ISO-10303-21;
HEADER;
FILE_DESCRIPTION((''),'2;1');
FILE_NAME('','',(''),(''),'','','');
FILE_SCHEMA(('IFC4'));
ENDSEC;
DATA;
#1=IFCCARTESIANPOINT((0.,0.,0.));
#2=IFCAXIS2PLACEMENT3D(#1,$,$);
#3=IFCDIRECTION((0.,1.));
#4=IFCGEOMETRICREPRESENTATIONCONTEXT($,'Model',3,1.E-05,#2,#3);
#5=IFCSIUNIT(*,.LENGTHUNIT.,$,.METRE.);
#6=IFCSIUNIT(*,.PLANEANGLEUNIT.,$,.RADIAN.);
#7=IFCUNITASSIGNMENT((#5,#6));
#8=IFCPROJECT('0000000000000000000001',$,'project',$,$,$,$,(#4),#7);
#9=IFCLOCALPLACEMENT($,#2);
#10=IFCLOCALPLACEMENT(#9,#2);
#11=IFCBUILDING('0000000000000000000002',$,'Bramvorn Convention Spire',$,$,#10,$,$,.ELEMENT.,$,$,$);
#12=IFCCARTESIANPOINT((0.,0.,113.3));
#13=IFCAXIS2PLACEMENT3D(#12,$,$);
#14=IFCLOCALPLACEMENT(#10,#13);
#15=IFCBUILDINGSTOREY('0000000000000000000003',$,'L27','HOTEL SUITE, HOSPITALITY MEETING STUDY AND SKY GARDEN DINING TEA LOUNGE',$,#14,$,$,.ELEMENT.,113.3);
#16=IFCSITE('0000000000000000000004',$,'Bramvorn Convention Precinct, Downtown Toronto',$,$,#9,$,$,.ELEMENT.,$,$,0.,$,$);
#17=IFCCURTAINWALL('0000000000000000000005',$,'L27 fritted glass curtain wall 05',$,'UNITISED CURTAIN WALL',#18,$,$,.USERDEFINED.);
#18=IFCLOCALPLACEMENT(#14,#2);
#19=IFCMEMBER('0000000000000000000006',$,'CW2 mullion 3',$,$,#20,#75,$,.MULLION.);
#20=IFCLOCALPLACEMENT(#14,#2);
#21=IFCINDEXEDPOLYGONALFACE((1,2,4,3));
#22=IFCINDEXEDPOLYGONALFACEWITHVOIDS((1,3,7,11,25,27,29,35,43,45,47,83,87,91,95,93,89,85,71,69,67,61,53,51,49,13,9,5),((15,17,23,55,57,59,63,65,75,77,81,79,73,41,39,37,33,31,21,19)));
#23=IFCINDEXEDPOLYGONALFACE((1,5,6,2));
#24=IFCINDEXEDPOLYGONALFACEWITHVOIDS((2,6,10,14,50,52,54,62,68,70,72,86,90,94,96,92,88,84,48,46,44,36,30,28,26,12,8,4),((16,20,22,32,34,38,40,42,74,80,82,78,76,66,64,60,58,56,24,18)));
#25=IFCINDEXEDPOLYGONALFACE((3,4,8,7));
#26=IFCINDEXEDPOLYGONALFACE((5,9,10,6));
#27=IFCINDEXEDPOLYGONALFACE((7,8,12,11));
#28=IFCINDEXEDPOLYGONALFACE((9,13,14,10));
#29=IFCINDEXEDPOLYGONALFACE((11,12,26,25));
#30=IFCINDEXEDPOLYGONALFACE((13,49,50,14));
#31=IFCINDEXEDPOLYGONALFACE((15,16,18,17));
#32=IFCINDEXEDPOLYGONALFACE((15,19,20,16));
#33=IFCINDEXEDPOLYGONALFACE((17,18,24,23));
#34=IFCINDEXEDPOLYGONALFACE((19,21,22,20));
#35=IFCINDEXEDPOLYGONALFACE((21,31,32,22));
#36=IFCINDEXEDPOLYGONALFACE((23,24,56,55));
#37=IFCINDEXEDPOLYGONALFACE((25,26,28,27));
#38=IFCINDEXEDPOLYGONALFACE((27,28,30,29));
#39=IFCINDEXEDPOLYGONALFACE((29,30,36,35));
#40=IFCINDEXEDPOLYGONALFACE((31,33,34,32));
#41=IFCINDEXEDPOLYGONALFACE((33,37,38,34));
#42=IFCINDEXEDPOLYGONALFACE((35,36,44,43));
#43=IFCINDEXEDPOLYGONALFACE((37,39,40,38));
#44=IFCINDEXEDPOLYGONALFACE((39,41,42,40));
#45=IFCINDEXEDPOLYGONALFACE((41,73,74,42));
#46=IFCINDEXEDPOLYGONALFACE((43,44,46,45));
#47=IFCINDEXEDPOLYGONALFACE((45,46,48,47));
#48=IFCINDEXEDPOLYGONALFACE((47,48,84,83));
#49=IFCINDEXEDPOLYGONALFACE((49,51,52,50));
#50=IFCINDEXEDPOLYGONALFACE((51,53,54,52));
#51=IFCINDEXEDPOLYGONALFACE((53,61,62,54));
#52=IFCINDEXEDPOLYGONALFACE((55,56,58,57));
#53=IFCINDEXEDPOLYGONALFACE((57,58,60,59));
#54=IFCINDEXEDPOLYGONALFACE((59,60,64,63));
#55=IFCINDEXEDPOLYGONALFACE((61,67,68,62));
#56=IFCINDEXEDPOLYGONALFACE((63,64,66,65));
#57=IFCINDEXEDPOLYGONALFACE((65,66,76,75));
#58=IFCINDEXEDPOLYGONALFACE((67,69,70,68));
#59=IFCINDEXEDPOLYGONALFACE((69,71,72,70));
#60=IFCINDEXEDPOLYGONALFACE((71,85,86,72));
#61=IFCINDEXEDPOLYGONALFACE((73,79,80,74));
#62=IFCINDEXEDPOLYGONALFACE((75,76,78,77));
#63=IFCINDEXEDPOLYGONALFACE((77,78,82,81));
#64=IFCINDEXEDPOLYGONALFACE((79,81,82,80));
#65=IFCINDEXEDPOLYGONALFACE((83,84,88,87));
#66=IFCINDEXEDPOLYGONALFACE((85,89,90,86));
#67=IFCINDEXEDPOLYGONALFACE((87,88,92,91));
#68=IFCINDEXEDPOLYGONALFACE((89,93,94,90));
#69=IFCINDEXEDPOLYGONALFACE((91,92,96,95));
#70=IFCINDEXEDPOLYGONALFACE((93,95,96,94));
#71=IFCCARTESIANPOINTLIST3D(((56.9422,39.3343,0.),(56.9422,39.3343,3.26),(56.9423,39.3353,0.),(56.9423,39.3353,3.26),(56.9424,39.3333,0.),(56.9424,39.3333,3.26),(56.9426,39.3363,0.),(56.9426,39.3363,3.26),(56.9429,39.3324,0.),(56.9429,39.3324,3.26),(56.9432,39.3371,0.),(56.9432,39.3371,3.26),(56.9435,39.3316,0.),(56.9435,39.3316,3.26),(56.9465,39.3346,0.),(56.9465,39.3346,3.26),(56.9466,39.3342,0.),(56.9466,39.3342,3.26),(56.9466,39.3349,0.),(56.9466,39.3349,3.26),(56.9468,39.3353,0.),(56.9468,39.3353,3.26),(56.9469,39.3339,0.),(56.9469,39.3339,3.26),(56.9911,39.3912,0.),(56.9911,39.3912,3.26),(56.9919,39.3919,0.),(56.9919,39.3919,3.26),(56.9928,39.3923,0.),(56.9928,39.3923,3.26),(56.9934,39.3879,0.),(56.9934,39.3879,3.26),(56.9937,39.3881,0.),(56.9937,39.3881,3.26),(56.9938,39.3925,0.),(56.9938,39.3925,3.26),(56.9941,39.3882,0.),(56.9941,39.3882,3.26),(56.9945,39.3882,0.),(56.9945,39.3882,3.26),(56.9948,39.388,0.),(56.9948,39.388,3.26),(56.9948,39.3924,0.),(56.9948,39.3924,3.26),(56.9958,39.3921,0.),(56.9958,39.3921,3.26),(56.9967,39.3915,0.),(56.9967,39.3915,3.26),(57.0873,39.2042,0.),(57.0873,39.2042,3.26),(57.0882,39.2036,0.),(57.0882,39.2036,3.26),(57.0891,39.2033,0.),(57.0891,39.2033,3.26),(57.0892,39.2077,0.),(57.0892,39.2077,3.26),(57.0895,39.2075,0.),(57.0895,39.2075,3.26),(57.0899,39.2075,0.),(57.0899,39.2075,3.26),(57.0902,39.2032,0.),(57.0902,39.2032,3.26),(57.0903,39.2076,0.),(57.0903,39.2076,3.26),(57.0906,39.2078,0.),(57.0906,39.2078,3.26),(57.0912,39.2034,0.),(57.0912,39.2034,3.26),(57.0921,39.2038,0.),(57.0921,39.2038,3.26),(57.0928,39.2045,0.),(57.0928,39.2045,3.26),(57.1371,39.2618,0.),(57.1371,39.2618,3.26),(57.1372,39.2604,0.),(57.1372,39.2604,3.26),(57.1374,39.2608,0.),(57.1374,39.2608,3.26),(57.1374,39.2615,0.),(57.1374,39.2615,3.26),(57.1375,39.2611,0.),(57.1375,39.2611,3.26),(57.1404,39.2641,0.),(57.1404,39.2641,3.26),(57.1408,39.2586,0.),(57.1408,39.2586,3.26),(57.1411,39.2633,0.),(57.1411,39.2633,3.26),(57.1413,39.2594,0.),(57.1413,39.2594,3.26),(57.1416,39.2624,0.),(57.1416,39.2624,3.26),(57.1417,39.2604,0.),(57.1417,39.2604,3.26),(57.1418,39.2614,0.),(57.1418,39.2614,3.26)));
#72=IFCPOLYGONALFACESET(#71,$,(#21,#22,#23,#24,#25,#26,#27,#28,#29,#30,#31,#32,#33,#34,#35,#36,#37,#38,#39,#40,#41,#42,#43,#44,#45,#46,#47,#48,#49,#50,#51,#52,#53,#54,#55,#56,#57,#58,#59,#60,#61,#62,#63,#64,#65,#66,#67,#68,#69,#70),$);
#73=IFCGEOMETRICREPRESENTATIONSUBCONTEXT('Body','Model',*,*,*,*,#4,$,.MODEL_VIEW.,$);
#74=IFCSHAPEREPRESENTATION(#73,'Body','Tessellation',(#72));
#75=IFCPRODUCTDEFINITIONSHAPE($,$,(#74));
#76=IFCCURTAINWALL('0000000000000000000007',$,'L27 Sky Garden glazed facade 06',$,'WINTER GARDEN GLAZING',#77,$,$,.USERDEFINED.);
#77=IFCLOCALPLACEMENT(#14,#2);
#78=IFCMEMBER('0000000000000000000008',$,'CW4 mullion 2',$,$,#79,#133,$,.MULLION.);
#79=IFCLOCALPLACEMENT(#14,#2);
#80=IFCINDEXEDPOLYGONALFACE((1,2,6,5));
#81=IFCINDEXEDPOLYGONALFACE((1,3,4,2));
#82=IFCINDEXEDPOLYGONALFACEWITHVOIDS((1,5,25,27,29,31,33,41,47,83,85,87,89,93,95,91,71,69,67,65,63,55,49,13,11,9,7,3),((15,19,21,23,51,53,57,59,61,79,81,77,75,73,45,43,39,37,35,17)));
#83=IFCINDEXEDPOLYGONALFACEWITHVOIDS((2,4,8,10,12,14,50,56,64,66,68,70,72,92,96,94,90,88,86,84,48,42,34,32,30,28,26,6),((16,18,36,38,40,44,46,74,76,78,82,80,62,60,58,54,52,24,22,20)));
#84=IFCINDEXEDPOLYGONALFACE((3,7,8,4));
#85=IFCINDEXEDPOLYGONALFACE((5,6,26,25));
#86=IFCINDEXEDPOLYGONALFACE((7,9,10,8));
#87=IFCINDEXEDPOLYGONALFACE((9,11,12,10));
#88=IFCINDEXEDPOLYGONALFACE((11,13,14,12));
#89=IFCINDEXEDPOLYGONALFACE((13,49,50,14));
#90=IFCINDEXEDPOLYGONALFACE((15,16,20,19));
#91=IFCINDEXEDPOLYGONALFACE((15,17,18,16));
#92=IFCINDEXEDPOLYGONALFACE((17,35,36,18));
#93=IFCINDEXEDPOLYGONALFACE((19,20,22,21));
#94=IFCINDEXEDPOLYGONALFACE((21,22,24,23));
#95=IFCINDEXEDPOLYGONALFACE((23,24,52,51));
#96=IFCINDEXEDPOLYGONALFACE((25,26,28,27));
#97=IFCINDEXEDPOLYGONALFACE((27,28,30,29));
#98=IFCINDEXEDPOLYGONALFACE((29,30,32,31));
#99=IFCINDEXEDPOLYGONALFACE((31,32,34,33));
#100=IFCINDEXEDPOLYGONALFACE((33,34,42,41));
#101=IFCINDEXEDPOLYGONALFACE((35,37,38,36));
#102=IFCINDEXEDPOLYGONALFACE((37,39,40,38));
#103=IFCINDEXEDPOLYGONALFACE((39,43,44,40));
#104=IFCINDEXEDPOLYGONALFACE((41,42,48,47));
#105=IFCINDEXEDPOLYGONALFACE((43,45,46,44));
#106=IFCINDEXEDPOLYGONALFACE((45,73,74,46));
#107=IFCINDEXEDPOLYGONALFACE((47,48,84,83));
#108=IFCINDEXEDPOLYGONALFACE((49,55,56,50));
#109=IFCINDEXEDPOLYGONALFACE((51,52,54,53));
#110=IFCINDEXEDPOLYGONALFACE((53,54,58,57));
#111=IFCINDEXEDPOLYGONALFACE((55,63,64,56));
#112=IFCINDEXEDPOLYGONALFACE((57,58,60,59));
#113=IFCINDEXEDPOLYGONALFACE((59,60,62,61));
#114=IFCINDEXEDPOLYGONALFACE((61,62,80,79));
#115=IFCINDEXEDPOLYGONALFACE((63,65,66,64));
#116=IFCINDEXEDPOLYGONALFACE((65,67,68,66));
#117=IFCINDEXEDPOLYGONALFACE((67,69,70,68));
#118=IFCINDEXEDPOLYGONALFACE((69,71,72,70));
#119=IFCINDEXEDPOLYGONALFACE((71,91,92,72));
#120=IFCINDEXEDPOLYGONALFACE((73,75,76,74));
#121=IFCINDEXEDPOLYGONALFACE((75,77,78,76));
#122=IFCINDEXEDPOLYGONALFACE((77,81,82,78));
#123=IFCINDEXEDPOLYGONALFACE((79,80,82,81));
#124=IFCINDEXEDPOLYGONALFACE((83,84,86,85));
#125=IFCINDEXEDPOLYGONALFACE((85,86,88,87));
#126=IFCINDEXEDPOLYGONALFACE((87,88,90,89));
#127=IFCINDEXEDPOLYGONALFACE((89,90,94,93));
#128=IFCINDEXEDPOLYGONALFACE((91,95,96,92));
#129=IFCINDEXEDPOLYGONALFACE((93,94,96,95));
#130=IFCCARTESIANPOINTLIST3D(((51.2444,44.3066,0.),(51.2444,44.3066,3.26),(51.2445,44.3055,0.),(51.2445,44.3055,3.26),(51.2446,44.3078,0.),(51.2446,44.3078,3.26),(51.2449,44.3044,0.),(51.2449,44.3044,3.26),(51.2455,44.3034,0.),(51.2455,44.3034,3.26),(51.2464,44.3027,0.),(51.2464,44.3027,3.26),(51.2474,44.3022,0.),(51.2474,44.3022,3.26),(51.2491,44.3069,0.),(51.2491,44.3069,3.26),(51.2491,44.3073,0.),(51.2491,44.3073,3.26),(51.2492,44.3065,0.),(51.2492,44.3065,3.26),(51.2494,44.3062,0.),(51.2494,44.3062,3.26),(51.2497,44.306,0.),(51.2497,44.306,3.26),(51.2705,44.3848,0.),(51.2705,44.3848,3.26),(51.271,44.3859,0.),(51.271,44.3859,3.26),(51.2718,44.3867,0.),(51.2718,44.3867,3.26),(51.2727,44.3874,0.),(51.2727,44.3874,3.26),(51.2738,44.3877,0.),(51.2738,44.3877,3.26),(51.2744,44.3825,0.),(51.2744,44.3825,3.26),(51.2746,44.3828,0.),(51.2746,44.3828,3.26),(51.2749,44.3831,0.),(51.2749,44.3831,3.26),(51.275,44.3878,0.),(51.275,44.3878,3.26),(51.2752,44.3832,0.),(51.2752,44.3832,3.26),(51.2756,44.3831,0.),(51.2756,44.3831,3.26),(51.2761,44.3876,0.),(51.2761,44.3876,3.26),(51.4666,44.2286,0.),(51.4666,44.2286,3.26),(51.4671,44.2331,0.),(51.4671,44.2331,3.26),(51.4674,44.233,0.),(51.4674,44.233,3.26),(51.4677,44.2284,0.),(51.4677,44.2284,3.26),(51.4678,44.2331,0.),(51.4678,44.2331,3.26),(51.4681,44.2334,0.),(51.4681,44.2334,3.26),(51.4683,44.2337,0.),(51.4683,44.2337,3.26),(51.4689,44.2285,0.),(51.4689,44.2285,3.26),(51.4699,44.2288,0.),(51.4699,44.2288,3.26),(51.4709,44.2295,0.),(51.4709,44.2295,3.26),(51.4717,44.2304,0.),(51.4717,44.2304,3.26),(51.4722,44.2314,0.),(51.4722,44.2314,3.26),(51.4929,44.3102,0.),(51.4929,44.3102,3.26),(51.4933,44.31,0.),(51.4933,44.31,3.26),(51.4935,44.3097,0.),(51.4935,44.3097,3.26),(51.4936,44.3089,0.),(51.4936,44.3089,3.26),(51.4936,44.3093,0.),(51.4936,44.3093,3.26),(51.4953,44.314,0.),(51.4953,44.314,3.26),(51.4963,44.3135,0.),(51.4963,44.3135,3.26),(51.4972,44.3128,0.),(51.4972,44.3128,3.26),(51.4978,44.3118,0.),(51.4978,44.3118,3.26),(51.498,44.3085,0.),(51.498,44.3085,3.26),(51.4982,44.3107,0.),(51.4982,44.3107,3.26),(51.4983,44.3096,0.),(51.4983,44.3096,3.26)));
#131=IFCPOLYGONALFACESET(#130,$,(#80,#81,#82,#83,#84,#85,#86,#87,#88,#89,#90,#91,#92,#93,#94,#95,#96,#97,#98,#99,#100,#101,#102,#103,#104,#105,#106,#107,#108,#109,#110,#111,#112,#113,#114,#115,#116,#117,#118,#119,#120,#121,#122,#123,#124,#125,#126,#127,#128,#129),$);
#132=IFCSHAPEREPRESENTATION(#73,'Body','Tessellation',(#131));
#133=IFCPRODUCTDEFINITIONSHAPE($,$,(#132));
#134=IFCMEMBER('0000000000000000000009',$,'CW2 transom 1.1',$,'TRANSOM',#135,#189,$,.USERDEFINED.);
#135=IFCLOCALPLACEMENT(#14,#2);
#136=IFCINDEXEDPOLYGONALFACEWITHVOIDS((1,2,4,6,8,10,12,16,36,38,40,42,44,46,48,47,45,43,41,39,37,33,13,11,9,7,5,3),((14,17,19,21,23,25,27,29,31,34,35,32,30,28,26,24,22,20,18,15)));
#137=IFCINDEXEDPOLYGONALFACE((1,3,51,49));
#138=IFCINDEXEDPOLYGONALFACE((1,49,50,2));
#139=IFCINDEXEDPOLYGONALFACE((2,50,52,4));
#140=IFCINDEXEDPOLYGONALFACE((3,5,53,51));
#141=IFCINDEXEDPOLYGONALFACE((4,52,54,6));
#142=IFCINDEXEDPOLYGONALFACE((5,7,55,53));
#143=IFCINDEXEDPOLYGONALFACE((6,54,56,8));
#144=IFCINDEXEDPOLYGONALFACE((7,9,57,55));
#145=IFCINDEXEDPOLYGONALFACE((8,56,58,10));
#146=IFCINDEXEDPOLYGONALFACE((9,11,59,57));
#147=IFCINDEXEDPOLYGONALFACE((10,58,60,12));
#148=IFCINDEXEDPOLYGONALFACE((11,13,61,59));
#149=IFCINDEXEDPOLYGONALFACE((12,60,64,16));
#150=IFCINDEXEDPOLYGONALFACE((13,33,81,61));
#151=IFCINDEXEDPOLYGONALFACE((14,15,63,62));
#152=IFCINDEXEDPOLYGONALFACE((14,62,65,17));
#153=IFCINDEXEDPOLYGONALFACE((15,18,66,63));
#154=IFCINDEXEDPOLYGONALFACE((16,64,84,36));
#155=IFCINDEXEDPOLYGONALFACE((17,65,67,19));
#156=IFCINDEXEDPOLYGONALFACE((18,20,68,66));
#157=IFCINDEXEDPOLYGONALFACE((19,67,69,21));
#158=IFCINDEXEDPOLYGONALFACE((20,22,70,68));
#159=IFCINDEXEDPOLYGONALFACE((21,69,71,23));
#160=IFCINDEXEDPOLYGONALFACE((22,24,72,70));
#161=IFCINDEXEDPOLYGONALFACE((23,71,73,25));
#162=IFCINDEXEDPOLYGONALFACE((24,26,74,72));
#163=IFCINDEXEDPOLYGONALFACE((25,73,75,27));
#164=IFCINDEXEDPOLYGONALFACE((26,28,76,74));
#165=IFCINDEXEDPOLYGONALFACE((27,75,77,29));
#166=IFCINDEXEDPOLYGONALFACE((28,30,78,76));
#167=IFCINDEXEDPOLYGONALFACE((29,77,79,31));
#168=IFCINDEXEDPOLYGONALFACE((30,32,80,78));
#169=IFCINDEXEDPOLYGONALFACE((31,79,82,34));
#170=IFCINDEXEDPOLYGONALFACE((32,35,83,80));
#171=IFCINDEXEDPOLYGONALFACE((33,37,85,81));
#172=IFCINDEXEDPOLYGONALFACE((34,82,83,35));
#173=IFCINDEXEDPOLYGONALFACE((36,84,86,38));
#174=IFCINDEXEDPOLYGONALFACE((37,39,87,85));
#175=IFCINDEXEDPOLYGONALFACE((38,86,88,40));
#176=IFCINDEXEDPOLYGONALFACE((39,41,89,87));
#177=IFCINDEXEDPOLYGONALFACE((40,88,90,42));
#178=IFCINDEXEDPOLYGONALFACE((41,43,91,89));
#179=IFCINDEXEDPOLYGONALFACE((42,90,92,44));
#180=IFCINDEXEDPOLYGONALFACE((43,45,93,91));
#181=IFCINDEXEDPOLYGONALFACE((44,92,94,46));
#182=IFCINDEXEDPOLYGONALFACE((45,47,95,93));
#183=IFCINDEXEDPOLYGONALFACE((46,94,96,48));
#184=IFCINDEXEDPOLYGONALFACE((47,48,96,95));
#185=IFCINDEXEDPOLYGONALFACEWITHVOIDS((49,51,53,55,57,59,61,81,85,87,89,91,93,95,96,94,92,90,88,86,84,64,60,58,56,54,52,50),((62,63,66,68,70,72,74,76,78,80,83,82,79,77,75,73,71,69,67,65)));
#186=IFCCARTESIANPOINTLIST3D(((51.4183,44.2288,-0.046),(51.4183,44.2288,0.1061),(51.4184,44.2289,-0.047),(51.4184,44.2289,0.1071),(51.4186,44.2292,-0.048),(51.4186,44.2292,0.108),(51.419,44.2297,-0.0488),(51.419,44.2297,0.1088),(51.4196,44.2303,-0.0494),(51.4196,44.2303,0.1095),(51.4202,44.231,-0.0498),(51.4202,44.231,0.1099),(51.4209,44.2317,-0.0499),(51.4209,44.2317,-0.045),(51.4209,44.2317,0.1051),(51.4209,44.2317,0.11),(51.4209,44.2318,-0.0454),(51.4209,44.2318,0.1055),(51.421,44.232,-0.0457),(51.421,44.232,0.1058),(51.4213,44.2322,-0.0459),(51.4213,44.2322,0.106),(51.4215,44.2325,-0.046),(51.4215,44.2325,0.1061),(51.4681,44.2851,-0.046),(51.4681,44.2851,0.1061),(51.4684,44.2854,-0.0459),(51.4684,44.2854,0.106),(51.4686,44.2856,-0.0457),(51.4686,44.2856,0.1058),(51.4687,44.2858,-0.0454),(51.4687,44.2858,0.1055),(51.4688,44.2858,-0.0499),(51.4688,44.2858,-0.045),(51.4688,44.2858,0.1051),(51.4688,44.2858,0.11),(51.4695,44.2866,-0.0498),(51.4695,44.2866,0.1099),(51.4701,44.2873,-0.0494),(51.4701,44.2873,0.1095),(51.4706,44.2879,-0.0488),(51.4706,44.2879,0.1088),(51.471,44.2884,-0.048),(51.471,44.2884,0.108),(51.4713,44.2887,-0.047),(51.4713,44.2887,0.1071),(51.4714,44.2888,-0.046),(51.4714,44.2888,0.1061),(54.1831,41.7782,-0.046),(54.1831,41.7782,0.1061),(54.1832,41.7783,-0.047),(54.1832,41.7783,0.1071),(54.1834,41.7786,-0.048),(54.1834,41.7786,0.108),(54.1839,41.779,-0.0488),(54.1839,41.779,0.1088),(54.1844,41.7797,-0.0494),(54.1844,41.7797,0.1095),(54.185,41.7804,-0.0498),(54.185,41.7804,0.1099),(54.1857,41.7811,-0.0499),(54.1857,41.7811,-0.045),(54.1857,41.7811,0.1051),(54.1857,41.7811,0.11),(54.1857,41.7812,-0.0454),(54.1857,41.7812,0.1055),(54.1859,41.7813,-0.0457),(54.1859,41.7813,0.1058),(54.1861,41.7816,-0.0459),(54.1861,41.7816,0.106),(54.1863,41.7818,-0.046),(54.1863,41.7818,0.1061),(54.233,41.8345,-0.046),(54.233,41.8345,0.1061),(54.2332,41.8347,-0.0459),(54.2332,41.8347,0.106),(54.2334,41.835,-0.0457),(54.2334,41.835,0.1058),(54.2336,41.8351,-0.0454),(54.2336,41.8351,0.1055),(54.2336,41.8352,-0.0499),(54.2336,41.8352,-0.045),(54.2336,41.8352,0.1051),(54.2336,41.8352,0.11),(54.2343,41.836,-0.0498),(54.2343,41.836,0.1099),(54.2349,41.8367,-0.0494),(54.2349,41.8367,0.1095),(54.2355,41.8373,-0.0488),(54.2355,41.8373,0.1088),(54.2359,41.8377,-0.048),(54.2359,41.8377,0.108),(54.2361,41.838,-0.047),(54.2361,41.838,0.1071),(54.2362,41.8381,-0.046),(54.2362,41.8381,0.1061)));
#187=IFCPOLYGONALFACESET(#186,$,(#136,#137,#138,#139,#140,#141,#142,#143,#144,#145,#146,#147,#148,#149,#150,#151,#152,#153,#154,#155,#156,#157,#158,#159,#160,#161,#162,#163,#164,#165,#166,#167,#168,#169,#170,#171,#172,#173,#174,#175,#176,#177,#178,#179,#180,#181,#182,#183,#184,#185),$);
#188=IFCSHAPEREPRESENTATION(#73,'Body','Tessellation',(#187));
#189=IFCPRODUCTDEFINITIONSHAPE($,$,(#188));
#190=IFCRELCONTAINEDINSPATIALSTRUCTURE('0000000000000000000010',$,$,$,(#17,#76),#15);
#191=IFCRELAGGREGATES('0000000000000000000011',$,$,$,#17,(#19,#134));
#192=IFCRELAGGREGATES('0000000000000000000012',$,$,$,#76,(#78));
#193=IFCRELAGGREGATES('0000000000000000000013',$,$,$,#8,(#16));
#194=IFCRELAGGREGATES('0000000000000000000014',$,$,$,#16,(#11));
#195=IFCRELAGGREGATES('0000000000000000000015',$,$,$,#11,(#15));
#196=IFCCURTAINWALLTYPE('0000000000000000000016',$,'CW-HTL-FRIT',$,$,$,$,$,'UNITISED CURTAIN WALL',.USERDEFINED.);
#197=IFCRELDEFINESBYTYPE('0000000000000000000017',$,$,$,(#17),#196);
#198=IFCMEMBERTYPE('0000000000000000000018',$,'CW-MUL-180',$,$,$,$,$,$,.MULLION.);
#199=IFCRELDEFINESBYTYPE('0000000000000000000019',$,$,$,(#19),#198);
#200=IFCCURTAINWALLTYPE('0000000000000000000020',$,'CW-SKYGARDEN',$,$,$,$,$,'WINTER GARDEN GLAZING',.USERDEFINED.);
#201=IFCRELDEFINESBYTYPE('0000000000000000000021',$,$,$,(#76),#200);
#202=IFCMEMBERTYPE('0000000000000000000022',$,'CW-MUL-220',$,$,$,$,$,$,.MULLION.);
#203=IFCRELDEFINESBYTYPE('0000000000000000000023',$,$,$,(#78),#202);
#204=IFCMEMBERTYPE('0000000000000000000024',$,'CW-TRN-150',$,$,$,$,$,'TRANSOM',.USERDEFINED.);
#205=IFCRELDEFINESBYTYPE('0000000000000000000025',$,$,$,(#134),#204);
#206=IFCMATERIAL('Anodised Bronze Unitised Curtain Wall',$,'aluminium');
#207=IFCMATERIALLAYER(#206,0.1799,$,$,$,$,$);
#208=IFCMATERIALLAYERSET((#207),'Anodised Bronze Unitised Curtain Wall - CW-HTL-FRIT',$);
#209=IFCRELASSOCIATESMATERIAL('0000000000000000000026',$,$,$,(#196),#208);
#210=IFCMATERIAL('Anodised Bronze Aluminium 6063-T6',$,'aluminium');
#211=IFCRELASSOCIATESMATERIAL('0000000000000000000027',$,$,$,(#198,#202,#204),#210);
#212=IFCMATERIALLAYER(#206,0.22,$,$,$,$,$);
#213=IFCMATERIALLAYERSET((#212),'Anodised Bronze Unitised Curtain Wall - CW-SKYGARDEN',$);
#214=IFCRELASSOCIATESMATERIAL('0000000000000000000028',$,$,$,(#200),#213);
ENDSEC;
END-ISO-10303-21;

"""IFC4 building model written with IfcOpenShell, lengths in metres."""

from ifc_helpers import new_model, si_unit, direction, frame, origin, origin_2d, place, context, subcontext, project, spatial, hollow_rectangle, extrude, material, layer, layer_set, material_profile, profile_set, type_object, element, aggregate, save


model = new_model("IFC4")

# Units and contexts
model_context = context("Model", 3, precision=1e-05, world=origin(), true_north=direction((0.0, 1.0)))
body_context = subcontext(model_context, "Body", "Model", "MODEL_VIEW")
ifc_project = project(units=[si_unit("LENGTHUNIT", "METRE"), si_unit("PLANEANGLEUNIT", "RADIAN")], contexts=[model_context])

# Site, building, storey
site_placement = place(None, origin())
site = spatial("IfcSite", under=ifc_project, at=site_placement, Name="Bramvorn Convention Precinct, Downtown Toronto", CompositionType="ELEMENT", RefElevation=0.0)
building_placement = place(site_placement, origin())
building = spatial("IfcBuilding", under=site, at=building_placement, Name="Bramvorn Convention Spire", CompositionType="ELEMENT")
storey_placement = place(building_placement, frame((0.0, 0.0, 113.3)))
storey = spatial("IfcBuildingStorey", under=building, at=storey_placement, Name="L27", Description="HOTEL SUITE, HOSPITALITY MEETING STUDY AND SKY GARDEN DINING TEA LOUNGE", CompositionType="ELEMENT", Elevation=113.3)

# Curtain wall, member
ifc_material_1 = material(Name="Anodised Bronze Unitised Curtain Wall", Category="aluminium")
ifc_layer_1 = layer(ifc_material_1, 0.1799)
ifc_layer_set_1 = layer_set([ifc_layer_1], Name="Anodised Bronze Unitised Curtain Wall - CW-HTL-FRIT")
curtain_wall_type_1 = type_object("IfcCurtainWallType", Name="CW-HTL-FRIT", ElementType="UNITISED CURTAIN WALL", PredefinedType="USERDEFINED", material=ifc_layer_set_1)
curtain_wall_1_placement = place(storey_placement, origin())
curtain_wall_1 = element("IfcCurtainWall", 1, at=curtain_wall_1_placement, inside=storey, type_object=curtain_wall_type_1, Name="L27 fritted glass curtain wall 05", ObjectType="UNITISED CURTAIN WALL", PredefinedType="USERDEFINED")
ifc_material_2 = material(Name="Anodised Bronze Aluminium 6063-T6", Category="aluminium")
ifc_material_profile_1 = material_profile(ifc_material_2, hollow_rectangle(XDim=0.0801, YDim=0.2, WallThickness=0.0039, InnerFilletRadius=0.001, OuterFilletRadius=0.0039, at=origin_2d()))
ifc_profile_set_1 = profile_set([ifc_material_profile_1], Name="Anodised Bronze Aluminium 6063-T6 - CWM80X200")
member_type_1 = type_object("IfcMemberType", Name="CW-MUL-180", PredefinedType="MULLION", material=ifc_profile_set_1)
member_1_placement = place(storey_placement, frame((57.042, 39.2979, 0.0), z_axis=(0.0, 0.0, 1.0), x_axis=(0.663278, 0.748373, 0.0)))
member_1 = element("IfcMember", 2, at=member_1_placement, type_object=member_type_1, Name="CW2 mullion 3", PredefinedType="MULLION", context=body_context, shape_type="SweptSolid", body=[
    extrude(hollow_rectangle(XDim=0.0801, YDim=0.2, WallThickness=0.0039, InnerFilletRadius=0.001, OuterFilletRadius=0.0039, at=origin_2d()), origin(), (0.0, 0.0, 1.0), 3.26),
])

# Curtain wall, member
ifc_layer_2 = layer(ifc_material_1, 0.22)
ifc_layer_set_2 = layer_set([ifc_layer_2], Name="Anodised Bronze Unitised Curtain Wall - CW-SKYGARDEN")
curtain_wall_type_2 = type_object("IfcCurtainWallType", Name="CW-SKYGARDEN", ElementType="WINTER GARDEN GLAZING", PredefinedType="USERDEFINED", material=ifc_layer_set_2)
curtain_wall_2_placement = place(storey_placement, origin())
curtain_wall_2 = element("IfcCurtainWall", 3, at=curtain_wall_2_placement, inside=storey, type_object=curtain_wall_type_2, Name="L27 Sky Garden glazed facade 06", ObjectType="WINTER GARDEN GLAZING", PredefinedType="USERDEFINED")
ifc_material_profile_2 = material_profile(ifc_material_2, hollow_rectangle(XDim=0.0901, YDim=0.24, WallThickness=0.0044, InnerFilletRadius=0.001, OuterFilletRadius=0.0044, at=origin_2d()))
ifc_profile_set_2 = profile_set([ifc_material_profile_2], Name="Anodised Bronze Aluminium 6063-T6 - CWM90X240")
member_type_2 = type_object("IfcMemberType", Name="CW-MUL-220", PredefinedType="MULLION", material=ifc_profile_set_2)
member_2_placement = place(storey_placement, frame((51.3713, 44.3081, 0.0), z_axis=(0.0, 0.0, 1.0), x_axis=(0.318232, 0.948013, 0.0)))
member_2 = element("IfcMember", 4, at=member_2_placement, type_object=member_type_2, Name="CW4 mullion 2", PredefinedType="MULLION", context=body_context, shape_type="SweptSolid", body=[
    extrude(hollow_rectangle(XDim=0.0901, YDim=0.24, WallThickness=0.0044, InnerFilletRadius=0.001, OuterFilletRadius=0.0044, at=origin_2d()), origin(), (0.0, 0.0, 1.0), 3.26),
])

# Member
ifc_material_profile_3 = material_profile(ifc_material_2, hollow_rectangle(XDim=0.0801, YDim=0.1599, WallThickness=0.0039, InnerFilletRadius=0.001, OuterFilletRadius=0.0039, at=origin_2d()))
ifc_profile_set_3 = profile_set([ifc_material_profile_3], Name="Anodised Bronze Aluminium 6063-T6 - CWT80X160")
member_type_3 = type_object("IfcMemberType", Name="CW-TRN-150", ElementType="TRANSOM", PredefinedType="USERDEFINED", material=ifc_profile_set_3)
member_3_placement = place(storey_placement, frame((51.4448, 44.2588, 0.03), z_axis=(0.748349, -0.663305, 0.0), x_axis=(0.663305, 0.748349, 0.0)))
member_3 = element("IfcMember", 5, at=member_3_placement, type_object=member_type_3, Name="CW2 transom 1.1", ObjectType="TRANSOM", PredefinedType="USERDEFINED", context=body_context, shape_type="SweptSolid", body=[
    extrude(hollow_rectangle(XDim=0.0801, YDim=0.1599, WallThickness=0.0039, InnerFilletRadius=0.001, OuterFilletRadius=0.0039, at=origin_2d()), origin(), (0.0, 0.0, 1.0), 3.6946),
])

aggregate(curtain_wall_1, [member_1, member_3])
aggregate(curtain_wall_2, [member_2])

save(model, "model.ifc")
